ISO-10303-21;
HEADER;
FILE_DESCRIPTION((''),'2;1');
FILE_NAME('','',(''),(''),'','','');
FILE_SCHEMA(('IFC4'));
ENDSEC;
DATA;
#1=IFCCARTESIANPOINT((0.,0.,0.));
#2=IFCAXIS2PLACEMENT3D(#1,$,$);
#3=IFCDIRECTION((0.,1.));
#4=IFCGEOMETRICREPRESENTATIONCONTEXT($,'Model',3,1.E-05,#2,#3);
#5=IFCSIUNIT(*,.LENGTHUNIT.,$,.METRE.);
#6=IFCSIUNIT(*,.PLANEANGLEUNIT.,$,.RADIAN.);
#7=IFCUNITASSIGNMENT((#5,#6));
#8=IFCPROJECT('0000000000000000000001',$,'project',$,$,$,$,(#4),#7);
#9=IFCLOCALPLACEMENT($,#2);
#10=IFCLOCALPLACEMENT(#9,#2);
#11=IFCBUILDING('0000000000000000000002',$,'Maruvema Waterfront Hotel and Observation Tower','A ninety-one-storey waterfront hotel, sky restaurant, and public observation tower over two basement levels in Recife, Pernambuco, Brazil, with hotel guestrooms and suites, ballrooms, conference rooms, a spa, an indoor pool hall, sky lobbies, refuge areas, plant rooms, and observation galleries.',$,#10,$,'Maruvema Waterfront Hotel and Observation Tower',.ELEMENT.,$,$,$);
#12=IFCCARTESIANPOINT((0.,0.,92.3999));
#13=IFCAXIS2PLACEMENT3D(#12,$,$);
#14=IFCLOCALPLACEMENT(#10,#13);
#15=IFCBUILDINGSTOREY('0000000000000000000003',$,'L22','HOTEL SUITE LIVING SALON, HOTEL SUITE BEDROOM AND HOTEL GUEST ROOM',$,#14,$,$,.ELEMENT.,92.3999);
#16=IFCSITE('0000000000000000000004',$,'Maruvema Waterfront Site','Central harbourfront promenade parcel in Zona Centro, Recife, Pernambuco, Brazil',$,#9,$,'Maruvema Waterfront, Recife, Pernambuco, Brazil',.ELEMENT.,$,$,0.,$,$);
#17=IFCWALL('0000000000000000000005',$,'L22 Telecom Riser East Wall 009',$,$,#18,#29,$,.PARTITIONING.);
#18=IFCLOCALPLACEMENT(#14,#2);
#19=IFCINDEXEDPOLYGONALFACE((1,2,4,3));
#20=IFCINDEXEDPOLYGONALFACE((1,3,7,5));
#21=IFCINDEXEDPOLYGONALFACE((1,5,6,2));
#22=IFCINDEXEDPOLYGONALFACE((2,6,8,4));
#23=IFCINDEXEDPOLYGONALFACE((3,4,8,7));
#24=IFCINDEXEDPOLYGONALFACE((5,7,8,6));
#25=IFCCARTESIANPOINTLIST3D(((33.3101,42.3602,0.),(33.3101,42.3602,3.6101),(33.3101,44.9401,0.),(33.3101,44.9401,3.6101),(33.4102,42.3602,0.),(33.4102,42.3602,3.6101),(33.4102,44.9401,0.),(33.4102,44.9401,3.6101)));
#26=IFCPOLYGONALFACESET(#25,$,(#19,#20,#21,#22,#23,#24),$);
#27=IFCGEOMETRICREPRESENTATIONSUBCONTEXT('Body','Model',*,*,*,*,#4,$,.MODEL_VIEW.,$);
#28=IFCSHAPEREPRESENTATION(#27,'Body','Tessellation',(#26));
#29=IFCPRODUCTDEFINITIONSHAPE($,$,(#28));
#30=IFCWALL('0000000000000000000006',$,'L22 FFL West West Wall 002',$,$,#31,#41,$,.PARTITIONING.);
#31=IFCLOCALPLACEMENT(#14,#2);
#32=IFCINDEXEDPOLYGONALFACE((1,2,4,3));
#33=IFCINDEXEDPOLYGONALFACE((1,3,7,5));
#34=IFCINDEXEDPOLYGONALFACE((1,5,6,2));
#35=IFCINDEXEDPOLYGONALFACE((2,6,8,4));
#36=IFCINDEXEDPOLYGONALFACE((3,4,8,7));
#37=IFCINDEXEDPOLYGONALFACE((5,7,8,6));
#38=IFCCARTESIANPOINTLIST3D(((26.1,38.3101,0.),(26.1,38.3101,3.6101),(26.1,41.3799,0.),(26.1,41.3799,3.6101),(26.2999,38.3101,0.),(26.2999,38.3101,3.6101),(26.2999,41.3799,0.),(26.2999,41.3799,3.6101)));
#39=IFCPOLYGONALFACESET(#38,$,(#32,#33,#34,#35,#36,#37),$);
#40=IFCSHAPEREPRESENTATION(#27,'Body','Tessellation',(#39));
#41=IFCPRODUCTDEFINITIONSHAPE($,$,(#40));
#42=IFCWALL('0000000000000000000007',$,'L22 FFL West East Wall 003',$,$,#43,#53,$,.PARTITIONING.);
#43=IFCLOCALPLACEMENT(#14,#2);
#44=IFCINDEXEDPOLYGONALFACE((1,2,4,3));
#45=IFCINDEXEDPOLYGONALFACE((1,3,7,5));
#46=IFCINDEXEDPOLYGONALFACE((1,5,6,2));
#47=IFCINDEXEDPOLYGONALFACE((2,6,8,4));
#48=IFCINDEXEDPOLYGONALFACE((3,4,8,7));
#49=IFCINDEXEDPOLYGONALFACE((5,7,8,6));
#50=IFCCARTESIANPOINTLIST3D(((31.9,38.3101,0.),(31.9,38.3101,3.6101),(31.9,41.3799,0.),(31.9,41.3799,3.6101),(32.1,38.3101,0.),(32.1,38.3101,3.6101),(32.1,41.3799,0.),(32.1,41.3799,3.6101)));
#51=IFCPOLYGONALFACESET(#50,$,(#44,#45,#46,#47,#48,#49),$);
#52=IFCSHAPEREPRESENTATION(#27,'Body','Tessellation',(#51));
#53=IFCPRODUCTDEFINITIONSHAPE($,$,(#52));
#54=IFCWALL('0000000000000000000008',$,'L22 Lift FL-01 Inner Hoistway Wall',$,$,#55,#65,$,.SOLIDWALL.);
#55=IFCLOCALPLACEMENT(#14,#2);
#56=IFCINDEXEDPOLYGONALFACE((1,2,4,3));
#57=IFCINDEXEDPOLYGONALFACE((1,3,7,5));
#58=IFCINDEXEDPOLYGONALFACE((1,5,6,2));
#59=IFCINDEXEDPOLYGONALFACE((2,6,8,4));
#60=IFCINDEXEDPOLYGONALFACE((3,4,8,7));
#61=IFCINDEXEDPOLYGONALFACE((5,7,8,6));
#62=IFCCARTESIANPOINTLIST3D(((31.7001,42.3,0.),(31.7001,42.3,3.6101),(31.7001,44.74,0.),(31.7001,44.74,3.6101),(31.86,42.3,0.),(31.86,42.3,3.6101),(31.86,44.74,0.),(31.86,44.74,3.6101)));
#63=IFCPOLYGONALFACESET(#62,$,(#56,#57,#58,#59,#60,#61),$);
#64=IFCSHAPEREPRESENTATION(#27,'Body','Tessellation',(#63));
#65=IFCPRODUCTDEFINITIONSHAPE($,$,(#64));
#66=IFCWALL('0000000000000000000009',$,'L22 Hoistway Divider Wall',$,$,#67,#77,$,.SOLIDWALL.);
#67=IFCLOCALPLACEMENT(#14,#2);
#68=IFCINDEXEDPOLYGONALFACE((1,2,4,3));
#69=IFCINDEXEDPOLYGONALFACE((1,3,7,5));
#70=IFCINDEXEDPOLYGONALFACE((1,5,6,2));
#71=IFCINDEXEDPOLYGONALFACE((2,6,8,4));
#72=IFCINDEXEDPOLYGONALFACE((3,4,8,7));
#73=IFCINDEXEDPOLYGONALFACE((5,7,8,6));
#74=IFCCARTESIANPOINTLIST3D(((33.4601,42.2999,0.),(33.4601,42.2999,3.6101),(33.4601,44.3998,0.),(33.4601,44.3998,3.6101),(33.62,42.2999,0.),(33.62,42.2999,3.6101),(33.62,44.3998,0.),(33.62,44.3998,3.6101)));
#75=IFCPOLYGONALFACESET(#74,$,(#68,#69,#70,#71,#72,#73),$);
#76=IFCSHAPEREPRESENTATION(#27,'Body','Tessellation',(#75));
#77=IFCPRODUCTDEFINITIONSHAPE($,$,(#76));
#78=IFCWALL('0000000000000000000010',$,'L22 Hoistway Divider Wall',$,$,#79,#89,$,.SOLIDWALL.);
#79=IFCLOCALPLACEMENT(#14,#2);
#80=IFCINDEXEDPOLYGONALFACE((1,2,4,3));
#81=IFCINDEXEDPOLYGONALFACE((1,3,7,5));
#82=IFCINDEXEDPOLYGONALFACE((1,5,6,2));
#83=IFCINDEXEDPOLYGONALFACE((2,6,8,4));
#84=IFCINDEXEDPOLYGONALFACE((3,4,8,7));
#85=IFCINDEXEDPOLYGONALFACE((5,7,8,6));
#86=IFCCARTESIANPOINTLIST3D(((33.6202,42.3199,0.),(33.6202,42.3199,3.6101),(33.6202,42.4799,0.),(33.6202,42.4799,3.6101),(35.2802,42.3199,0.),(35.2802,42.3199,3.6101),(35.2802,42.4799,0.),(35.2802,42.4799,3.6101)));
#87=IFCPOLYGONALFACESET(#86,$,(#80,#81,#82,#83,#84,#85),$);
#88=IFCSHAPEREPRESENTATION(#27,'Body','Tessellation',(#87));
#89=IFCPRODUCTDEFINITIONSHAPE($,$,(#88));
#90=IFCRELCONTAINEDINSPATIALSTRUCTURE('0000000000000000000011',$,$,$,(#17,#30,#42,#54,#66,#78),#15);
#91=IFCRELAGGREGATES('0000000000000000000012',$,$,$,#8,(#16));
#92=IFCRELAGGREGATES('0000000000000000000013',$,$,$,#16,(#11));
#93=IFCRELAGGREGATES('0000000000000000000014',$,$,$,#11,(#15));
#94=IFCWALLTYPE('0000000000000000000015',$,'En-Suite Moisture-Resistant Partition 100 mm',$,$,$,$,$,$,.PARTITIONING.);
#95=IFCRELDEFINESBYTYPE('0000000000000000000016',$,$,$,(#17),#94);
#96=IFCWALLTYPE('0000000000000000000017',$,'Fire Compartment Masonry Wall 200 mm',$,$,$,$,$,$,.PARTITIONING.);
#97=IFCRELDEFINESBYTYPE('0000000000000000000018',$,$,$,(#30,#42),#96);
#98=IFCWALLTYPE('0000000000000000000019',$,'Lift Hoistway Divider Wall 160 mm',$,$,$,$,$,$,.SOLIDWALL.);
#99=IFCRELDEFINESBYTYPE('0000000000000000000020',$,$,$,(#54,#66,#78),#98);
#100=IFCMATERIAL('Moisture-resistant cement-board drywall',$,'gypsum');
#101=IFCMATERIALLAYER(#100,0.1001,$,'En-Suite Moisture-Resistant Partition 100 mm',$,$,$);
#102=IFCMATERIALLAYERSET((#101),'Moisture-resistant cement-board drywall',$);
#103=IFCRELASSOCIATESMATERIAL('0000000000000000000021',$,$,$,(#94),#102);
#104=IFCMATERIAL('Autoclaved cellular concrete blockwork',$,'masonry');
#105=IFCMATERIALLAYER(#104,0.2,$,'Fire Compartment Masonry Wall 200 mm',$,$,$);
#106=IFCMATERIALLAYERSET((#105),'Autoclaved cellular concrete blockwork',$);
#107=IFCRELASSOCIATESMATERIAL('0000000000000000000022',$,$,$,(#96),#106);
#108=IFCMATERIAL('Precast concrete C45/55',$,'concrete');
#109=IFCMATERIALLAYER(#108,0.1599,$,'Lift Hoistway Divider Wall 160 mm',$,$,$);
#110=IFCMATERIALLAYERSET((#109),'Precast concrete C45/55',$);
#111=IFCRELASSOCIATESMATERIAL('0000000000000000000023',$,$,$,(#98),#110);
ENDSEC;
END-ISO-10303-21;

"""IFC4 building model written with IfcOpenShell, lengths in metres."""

from ifc_helpers import new_model, si_unit, direction, frame, frame_2d, origin, place, context, subcontext, project, spatial, rectangle, extrude, material, layer, layer_set, type_object, element, save


model = new_model("IFC4")

# Units and contexts
model_context = context("Model", 3, precision=1e-05, world=origin(), true_north=direction((0.0, 1.0)))
body_context = subcontext(model_context, "Body", "Model", "MODEL_VIEW")
ifc_project = project(units=[si_unit("LENGTHUNIT", "METRE"), si_unit("PLANEANGLEUNIT", "RADIAN")], contexts=[model_context])

# Site, building, storey
site_placement = place(None, origin())
site = spatial("IfcSite", under=ifc_project, at=site_placement, Name="Maruvema Waterfront Site", Description="Central harbourfront promenade parcel in Zona Centro, Recife, Pernambuco, Brazil", LongName="Maruvema Waterfront, Recife, Pernambuco, Brazil", CompositionType="ELEMENT", RefElevation=0.0)
building_placement = place(site_placement, origin())
building = spatial("IfcBuilding", under=site, at=building_placement, Name="Maruvema Waterfront Hotel and Observation Tower", Description="A ninety-one-storey waterfront hotel, sky restaurant, and public observation tower over two basement levels in Recife, Pernambuco, Brazil, with hotel guestrooms and suites, ballrooms, conference rooms, a spa, an indoor pool hall, sky lobbies, refuge areas, plant rooms, and observation galleries.", LongName="Maruvema Waterfront Hotel and Observation Tower", CompositionType="ELEMENT")
storey_placement = place(building_placement, frame((0.0, 0.0, 92.3999)))
storey = spatial("IfcBuildingStorey", under=building, at=storey_placement, Name="L22", Description="HOTEL SUITE LIVING SALON, HOTEL SUITE BEDROOM AND HOTEL GUEST ROOM", CompositionType="ELEMENT", Elevation=92.3999)

# Shared definitions
ifc_material_1 = material(Name="Moisture-resistant cement-board drywall", Category="gypsum")
ifc_layer_1 = layer(ifc_material_1, 0.1001, Name="En-Suite Moisture-Resistant Partition 100 mm")
ifc_layer_set_1 = layer_set([ifc_layer_1], Name="Moisture-resistant cement-board drywall")
wall_type_1 = type_object("IfcWallType", Name="En-Suite Moisture-Resistant Partition 100 mm", PredefinedType="PARTITIONING", material=ifc_layer_set_1)

# Wall
wall_1_placement = place(storey_placement, frame((33.3601, 42.3601, 0.0), z_axis=(0.0, 0.0, 1.0), x_axis=(0.0, 1.0, 0.0)))
element("IfcWall", 1, at=wall_1_placement, inside=storey, type_object=wall_type_1, Name="L22 Telecom Riser East Wall 009", PredefinedType="PARTITIONING", context=body_context, shape_type="SweptSolid", body=[
    extrude(rectangle(XDim=2.5798, YDim=0.1001, at=frame_2d((1.29, 0.0))), origin(), (0.0, 0.0, 1.0), 3.6101),
])

# Shared definitions
ifc_material_2 = material(Name="Autoclaved cellular concrete blockwork", Category="masonry")
ifc_layer_2 = layer(ifc_material_2, 0.2, Name="Fire Compartment Masonry Wall 200 mm")
ifc_layer_set_2 = layer_set([ifc_layer_2], Name="Autoclaved cellular concrete blockwork")
wall_type_2 = type_object("IfcWallType", Name="Fire Compartment Masonry Wall 200 mm", PredefinedType="PARTITIONING", material=ifc_layer_set_2)

# Walls
for number, where, z_axis, x_axis, name in (
    (2, (26.2, 38.3101, 0.0), (0.0, 0.0, 1.0), (0.0, 1.0, 0.0), "L22 FFL West West Wall 002"),
    (3, (32.0, 38.3101, 0.0), (0.0, 0.0, 1.0), (0.0, 1.0, 0.0), "L22 FFL West East Wall 003"),
):
    element("IfcWall", number, at=place(storey_placement, frame(where, z_axis=z_axis, x_axis=x_axis)), inside=storey, type_object=wall_type_2, Name=name, PredefinedType="PARTITIONING", context=body_context, shape_type="SweptSolid", body=[
        extrude(rectangle(XDim=3.0698, YDim=0.2, at=frame_2d((1.5349, 0.0))), origin(), (0.0, 0.0, 1.0), 3.6101),
    ])
ifc_material_3 = material(Name="Precast concrete C45/55", Category="concrete")
ifc_layer_3 = layer(ifc_material_3, 0.1599, Name="Lift Hoistway Divider Wall 160 mm")
ifc_layer_set_3 = layer_set([ifc_layer_3], Name="Precast concrete C45/55")
wall_type_3 = type_object("IfcWallType", Name="Lift Hoistway Divider Wall 160 mm", PredefinedType="SOLIDWALL", material=ifc_layer_set_3)
wall_2_placement = place(storey_placement, frame((31.78, 42.3, 0.0), z_axis=(0.0, 0.0, 1.0), x_axis=(0.0, 1.0, 0.0)))
element("IfcWall", 4, at=wall_2_placement, inside=storey, type_object=wall_type_3, Name="L22 Lift FL-01 Inner Hoistway Wall", PredefinedType="SOLIDWALL", context=body_context, shape_type="SweptSolid", body=[
    extrude(rectangle(XDim=2.4399, YDim=0.1599, at=frame_2d((1.22, 0.0))), origin(), (0.0, 0.0, 1.0), 3.6101),
])
wall_3_placement = place(storey_placement, frame((33.54, 42.3, 0.0), z_axis=(0.0, 0.0, 1.0), x_axis=(0.0, 1.0, 0.0)))
element("IfcWall", 5, at=wall_3_placement, inside=storey, type_object=wall_type_3, Name="L22 Hoistway Divider Wall", PredefinedType="SOLIDWALL", context=body_context, shape_type="SweptSolid", body=[
    extrude(rectangle(XDim=2.0999, YDim=0.1599, at=frame_2d((1.0498, 0.0))), origin(), (0.0, 0.0, 1.0), 3.6101),
])
wall_4_placement = place(storey_placement, frame((33.6201, 42.3999, 0.0), z_axis=(0.0, 0.0, 1.0), x_axis=(1.0, 0.0, 0.0)))
element("IfcWall", 6, at=wall_4_placement, inside=storey, type_object=wall_type_3, Name="L22 Hoistway Divider Wall", PredefinedType="SOLIDWALL", context=body_context, shape_type="SweptSolid", body=[
    extrude(rectangle(XDim=1.6599, YDim=0.1599, at=frame_2d((0.8301, 0.0))), origin(), (0.0, 0.0, 1.0), 3.6101),
])

save(model, "model.ifc")
